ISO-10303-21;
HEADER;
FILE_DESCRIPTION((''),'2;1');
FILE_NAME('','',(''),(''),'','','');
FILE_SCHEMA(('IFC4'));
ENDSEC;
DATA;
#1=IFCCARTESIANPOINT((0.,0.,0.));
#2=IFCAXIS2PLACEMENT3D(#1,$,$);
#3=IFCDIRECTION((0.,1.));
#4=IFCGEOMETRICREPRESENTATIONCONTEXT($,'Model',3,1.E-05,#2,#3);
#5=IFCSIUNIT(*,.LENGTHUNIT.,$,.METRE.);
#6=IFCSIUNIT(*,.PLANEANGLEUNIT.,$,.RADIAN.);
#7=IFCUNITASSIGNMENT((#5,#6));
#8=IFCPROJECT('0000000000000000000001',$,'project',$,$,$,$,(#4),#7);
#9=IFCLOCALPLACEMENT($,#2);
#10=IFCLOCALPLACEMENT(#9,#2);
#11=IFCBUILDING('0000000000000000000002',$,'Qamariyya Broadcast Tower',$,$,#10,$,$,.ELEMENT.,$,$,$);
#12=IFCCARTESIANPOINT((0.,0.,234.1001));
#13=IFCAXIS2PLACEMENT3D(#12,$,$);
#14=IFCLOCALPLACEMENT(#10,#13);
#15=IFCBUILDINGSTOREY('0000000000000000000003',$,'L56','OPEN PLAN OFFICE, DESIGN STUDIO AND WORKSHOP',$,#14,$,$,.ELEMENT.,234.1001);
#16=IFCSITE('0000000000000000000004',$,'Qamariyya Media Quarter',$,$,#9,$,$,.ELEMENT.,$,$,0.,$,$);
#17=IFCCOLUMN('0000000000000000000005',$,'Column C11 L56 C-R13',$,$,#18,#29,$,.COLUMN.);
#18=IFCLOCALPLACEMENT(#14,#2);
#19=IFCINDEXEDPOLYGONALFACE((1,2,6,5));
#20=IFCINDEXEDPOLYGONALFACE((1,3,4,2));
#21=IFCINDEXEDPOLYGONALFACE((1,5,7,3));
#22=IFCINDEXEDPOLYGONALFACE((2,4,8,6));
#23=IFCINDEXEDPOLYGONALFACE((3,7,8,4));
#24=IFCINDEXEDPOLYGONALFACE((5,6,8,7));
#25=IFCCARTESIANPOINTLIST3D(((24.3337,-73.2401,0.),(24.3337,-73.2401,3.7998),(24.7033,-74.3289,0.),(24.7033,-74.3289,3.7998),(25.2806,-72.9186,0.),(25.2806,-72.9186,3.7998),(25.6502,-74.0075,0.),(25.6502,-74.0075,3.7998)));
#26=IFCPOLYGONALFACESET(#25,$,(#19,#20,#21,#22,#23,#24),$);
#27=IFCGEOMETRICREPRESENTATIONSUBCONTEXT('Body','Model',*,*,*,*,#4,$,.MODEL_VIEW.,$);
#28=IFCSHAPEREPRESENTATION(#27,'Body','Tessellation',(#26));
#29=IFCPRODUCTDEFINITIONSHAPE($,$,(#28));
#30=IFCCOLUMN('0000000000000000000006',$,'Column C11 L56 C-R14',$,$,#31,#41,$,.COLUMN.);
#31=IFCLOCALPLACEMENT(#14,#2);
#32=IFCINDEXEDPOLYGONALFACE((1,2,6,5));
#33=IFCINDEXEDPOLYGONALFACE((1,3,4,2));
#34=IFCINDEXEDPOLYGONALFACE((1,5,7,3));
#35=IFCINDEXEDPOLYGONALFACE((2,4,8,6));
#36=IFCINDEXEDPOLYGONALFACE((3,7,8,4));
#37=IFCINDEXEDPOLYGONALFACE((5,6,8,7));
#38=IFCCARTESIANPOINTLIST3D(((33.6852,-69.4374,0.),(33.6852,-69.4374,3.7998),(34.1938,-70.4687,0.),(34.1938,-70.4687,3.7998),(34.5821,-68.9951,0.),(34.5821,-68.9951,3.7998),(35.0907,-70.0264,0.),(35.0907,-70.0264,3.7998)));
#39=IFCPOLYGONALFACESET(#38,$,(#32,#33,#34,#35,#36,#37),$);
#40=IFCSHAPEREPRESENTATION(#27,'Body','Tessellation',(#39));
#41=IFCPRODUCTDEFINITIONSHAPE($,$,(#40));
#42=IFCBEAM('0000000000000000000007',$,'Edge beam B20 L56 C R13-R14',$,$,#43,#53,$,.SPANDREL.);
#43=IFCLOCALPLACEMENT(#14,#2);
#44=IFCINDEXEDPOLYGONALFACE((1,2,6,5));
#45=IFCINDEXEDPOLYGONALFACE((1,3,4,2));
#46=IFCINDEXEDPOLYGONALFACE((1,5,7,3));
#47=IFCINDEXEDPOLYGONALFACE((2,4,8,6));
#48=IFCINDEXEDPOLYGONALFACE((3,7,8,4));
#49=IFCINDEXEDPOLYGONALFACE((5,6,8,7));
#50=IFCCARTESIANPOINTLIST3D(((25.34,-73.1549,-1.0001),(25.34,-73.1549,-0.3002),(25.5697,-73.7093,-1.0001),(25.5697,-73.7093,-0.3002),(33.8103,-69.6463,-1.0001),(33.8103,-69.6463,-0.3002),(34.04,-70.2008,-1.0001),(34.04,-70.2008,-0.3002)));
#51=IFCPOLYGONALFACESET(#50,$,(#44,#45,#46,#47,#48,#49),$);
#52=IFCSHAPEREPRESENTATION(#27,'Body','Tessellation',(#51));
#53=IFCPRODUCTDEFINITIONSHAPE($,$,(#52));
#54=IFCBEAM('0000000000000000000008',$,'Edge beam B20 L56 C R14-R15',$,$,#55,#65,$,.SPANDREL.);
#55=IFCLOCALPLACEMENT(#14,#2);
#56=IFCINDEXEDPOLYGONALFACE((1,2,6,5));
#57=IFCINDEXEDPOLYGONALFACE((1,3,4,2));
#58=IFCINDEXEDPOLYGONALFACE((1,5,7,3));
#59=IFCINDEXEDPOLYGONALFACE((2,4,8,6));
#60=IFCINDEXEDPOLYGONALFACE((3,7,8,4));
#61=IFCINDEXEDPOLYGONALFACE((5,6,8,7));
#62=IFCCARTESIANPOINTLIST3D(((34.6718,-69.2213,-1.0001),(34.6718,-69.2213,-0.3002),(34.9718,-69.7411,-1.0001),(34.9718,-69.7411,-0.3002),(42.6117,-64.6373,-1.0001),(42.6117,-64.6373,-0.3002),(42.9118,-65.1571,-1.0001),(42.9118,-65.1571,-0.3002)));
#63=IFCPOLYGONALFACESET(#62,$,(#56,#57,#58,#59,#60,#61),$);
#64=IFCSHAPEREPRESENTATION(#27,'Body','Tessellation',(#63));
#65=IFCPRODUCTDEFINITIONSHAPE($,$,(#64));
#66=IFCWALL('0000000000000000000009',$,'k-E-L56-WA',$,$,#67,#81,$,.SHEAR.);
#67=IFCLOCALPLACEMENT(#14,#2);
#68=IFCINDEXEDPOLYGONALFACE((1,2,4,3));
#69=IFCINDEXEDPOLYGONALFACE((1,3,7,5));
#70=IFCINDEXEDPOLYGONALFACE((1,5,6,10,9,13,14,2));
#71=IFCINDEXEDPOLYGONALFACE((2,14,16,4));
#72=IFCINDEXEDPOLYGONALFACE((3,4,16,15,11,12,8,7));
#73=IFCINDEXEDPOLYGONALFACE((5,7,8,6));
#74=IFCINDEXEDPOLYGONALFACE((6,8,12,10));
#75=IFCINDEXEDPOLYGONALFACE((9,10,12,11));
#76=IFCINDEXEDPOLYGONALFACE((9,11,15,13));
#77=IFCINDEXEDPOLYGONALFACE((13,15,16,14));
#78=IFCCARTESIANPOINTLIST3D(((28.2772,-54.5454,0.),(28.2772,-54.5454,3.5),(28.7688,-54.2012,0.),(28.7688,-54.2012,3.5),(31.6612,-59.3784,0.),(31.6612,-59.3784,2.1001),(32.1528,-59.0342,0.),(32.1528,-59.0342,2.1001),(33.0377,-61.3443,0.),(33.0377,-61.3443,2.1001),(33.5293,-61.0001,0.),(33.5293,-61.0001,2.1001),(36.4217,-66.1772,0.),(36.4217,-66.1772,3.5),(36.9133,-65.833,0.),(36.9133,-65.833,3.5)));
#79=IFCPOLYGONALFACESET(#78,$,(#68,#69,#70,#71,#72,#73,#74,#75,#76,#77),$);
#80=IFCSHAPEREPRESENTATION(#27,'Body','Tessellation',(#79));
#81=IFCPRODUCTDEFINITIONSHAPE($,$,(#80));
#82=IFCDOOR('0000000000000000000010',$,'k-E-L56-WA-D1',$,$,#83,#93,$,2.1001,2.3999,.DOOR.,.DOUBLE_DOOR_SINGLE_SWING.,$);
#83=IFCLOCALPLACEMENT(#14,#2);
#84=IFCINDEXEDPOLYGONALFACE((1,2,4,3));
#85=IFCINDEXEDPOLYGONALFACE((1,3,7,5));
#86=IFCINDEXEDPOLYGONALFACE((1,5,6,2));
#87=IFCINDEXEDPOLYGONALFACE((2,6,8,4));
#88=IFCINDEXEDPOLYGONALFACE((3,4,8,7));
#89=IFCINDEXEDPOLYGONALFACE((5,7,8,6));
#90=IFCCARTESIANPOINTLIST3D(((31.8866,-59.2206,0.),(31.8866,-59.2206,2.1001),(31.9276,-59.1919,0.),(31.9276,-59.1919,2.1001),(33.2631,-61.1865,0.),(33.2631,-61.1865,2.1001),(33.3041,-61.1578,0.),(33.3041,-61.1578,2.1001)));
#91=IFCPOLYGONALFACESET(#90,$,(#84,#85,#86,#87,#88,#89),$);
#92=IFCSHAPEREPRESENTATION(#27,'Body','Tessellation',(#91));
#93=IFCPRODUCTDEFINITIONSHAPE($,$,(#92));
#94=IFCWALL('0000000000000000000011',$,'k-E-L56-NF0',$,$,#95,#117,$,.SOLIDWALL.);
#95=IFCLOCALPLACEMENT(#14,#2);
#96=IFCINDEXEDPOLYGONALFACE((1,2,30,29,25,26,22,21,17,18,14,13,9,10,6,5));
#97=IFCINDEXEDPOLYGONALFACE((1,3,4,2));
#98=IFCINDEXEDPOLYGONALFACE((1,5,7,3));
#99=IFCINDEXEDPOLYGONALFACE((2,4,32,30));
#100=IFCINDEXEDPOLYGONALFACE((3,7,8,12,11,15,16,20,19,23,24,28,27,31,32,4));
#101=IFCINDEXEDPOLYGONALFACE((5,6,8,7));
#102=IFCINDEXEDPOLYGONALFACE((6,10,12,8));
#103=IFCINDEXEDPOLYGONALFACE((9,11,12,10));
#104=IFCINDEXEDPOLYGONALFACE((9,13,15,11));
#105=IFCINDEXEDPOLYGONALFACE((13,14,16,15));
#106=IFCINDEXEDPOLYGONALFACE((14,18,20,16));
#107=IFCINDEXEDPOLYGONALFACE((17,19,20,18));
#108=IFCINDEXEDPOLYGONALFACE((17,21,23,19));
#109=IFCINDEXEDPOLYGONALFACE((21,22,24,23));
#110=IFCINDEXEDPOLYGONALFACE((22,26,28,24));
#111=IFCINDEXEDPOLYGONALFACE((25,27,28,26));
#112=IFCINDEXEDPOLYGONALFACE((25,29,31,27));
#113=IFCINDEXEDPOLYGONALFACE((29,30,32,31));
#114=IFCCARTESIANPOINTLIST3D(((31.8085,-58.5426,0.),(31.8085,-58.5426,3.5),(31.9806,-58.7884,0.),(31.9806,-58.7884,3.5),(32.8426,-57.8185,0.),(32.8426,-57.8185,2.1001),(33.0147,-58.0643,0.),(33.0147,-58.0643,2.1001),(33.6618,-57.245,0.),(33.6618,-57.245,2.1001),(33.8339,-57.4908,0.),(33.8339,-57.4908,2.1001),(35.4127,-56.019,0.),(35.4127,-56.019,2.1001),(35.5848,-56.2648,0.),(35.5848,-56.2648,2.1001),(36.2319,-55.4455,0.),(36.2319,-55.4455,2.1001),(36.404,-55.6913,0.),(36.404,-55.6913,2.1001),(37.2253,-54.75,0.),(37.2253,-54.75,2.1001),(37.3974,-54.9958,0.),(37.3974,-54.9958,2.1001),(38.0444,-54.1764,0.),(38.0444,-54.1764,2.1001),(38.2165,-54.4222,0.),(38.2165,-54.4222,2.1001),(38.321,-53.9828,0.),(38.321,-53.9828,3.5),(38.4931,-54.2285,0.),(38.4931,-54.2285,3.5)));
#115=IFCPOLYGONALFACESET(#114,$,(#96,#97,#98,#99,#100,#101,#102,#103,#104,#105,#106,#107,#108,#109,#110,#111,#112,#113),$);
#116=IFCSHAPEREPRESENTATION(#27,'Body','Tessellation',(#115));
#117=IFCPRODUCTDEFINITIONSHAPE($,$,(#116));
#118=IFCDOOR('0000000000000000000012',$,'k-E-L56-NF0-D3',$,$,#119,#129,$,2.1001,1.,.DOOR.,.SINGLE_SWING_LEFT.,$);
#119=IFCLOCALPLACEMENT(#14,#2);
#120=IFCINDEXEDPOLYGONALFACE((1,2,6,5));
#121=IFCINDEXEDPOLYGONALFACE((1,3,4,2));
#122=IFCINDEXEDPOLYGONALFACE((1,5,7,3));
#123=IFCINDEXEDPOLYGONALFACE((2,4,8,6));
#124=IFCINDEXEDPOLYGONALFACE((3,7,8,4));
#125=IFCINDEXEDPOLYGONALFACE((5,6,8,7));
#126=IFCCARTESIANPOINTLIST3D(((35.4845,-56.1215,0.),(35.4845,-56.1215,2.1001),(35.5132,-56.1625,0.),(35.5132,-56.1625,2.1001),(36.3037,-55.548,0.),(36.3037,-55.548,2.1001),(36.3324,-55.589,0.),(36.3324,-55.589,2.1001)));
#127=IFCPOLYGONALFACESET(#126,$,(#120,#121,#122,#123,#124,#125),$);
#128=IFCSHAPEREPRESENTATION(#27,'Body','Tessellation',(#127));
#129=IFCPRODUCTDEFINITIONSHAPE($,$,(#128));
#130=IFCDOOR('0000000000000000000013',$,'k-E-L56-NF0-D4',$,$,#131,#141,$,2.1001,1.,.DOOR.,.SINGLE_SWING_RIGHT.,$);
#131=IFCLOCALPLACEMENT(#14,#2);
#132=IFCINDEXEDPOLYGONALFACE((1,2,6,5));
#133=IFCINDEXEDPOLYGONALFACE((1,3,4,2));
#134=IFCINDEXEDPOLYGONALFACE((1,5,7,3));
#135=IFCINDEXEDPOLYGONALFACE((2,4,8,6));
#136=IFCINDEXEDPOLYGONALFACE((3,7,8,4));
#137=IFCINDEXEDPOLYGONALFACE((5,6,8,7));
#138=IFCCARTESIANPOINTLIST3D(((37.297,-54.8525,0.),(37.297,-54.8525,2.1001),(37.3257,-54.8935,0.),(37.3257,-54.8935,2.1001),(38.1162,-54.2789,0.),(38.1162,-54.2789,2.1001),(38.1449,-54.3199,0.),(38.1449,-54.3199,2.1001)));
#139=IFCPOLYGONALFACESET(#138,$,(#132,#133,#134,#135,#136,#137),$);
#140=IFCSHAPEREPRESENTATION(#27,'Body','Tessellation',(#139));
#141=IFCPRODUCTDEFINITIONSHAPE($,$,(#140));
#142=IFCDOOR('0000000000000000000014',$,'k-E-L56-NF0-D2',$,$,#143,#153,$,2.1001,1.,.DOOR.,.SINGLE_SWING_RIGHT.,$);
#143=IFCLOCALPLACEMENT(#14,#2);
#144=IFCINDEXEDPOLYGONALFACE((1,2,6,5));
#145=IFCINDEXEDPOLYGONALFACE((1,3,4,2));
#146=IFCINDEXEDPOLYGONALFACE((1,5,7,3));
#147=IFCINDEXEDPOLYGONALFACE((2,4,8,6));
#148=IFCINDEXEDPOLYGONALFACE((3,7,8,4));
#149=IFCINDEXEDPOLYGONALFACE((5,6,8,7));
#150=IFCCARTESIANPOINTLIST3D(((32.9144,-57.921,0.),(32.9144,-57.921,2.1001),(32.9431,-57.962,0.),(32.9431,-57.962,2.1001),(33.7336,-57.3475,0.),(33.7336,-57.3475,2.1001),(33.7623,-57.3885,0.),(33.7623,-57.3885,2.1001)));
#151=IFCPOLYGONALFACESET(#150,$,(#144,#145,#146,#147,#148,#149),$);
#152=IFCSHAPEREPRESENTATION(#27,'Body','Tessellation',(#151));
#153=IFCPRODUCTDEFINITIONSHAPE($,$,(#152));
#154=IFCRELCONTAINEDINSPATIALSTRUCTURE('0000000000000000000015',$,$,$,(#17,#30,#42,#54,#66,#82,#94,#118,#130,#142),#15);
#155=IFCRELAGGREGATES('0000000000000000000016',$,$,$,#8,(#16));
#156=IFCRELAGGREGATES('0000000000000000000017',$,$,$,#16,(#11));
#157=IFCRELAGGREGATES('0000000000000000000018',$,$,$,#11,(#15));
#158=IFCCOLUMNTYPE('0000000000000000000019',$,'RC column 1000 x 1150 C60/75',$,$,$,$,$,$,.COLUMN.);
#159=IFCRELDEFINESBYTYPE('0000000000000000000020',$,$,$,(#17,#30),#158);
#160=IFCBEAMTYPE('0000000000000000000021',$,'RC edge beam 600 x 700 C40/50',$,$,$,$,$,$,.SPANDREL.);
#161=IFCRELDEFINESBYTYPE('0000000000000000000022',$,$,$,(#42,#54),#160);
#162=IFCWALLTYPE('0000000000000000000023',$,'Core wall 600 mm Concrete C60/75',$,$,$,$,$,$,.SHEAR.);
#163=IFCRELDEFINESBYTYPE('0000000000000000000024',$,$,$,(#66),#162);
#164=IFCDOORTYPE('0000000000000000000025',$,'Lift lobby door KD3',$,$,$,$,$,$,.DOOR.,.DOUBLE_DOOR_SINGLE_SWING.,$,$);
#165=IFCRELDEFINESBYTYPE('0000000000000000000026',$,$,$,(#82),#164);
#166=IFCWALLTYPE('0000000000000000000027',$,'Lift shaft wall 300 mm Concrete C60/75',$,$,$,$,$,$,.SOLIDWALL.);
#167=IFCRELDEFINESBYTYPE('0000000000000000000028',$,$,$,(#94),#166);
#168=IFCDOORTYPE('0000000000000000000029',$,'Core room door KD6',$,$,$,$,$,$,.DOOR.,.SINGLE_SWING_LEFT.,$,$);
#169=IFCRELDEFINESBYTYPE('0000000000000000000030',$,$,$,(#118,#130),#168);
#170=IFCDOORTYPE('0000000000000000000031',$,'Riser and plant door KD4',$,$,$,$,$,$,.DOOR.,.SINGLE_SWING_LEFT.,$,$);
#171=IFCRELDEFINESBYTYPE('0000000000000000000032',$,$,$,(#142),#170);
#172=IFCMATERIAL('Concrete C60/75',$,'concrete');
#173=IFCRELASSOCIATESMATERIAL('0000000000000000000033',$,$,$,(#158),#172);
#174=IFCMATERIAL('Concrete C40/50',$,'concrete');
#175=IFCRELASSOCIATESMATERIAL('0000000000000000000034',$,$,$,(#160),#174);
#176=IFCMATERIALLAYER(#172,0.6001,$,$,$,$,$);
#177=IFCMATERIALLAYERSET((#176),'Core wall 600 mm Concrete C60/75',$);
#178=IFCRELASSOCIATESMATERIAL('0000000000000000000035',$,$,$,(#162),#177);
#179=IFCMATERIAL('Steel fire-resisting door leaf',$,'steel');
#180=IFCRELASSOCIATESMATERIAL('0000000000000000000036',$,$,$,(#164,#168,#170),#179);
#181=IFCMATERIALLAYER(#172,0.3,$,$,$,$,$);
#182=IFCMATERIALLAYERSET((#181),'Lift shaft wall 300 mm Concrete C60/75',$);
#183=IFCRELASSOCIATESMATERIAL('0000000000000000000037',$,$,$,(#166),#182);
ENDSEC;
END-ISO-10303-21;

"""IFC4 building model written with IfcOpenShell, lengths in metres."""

from ifc_helpers import new_model, si_unit, direction, frame, frame_2d, origin, origin_2d, place, context, subcontext, project, spatial, rectangle, extrude, material, layer, layer_set, material_profile, profile_set, type_object, element, fill, save


model = new_model("IFC4")

# Units and contexts
model_context = context("Model", 3, precision=1e-05, world=origin(), true_north=direction((0.0, 1.0)))
body_context = subcontext(model_context, "Body", "Model", "MODEL_VIEW")
ifc_project = project(units=[si_unit("LENGTHUNIT", "METRE"), si_unit("PLANEANGLEUNIT", "RADIAN")], contexts=[model_context])

# Site, building, storey
site_placement = place(None, origin())
site = spatial("IfcSite", under=ifc_project, at=site_placement, Name="Qamariyya Media Quarter", CompositionType="ELEMENT", RefElevation=0.0)
building_placement = place(site_placement, origin())
building = spatial("IfcBuilding", under=site, at=building_placement, Name="Qamariyya Broadcast Tower", CompositionType="ELEMENT")
storey_placement = place(building_placement, frame((0.0, 0.0, 234.1001)))
storey = spatial("IfcBuildingStorey", under=building, at=storey_placement, Name="L56", Description="OPEN PLAN OFFICE, DESIGN STUDIO AND WORKSHOP", CompositionType="ELEMENT", Elevation=234.1001)

# Columns
ifc_material_1 = material(Name="Concrete C60/75", Category="concrete")
ifc_material_profile_1 = material_profile(ifc_material_1, rectangle(XDim=1.0, YDim=1.1499, at=origin_2d()))
ifc_profile_set_1 = profile_set([ifc_material_profile_1], Name="Concrete C60/75")
column_type = type_object("IfcColumnType", Name="RC column 1000 x 1150 C60/75", PredefinedType="COLUMN", material=ifc_profile_set_1)
for number, where, z_axis, x_axis, name in (
    (1, (24.9919, -73.6238, 0.0), (0.0, 0.0, 1.0), (0.94693, 0.321439, 0.0), "Column C11 L56 C-R13"),
    (2, (34.3879, -69.7319, 0.0), (0.0, 0.0, 1.0), (0.896873, 0.442289, 0.0), "Column C11 L56 C-R14"),
):
    element("IfcColumn", number, at=place(storey_placement, frame(where, z_axis=z_axis, x_axis=x_axis)), inside=storey, type_object=column_type, Name=name, PredefinedType="COLUMN", context=body_context, shape_type="SweptSolid", body=[
        extrude(rectangle(XDim=1.0, YDim=1.1499, at=origin_2d()), origin(), (0.0, 0.0, 1.0), 3.7998),
    ])

# Beams
ifc_material_2 = material(Name="Concrete C40/50", Category="concrete")
ifc_material_profile_2 = material_profile(ifc_material_2, rectangle(XDim=0.6001, YDim=0.7, at=origin_2d()))
ifc_profile_set_2 = profile_set([ifc_material_profile_2], Name="Concrete C40/50")
beam_type = type_object("IfcBeamType", Name="RC edge beam 600 x 700 C40/50", PredefinedType="SPANDREL", material=ifc_profile_set_2)
for number, where, z_axis, x_axis, name in (
    (3, (25.4548, -73.4321, -0.6501), (0.923877, 0.38269, 0.0), (-0.38269, 0.923877, 0.0), "Edge beam B20 L56 C R13-R14"),
    (4, (34.8218, -69.4812, -0.6501), (0.866032, 0.499988, 0.0), (-0.499988, 0.866032, 0.0), "Edge beam B20 L56 C R14-R15"),
):
    element("IfcBeam", number, at=place(storey_placement, frame(where, z_axis=z_axis, x_axis=x_axis)), inside=storey, type_object=beam_type, Name=name, PredefinedType="SPANDREL", context=body_context, shape_type="SweptSolid", body=[
        extrude(rectangle(XDim=0.6001, YDim=0.7, at=origin_2d()), origin(), (0.0, 0.0, 1.0), 9.1682),
    ])

# Wall, opening, door
ifc_layer_1 = layer(ifc_material_1, 0.6001)
ifc_layer_set_1 = layer_set([ifc_layer_1], Name="Core wall 600 mm Concrete C60/75")
wall_type_1 = type_object("IfcWallType", Name="Core wall 600 mm Concrete C60/75", PredefinedType="SHEAR", material=ifc_layer_set_1)
wall_1_placement = place(storey_placement, frame((36.6675, -66.0051, 0.0), z_axis=(0.0, 0.0, 1.0), x_axis=(-0.573568, 0.819158, 0.0)))
wall_1 = element("IfcWall", 5, at=wall_1_placement, inside=storey, type_object=wall_type_1, Name="k-E-L56-WA", PredefinedType="SHEAR", context=body_context, shape_type="SweptSolid", body=[
    extrude(rectangle(XDim=14.1997, YDim=0.6001, at=frame_2d((7.0999, 0.0))), origin(), (0.0, 0.0, 1.0), 3.5),
])
opening_1_placement = place(wall_1_placement, frame((5.8999, 0.0, 0.0)))
opening_1 = element("IfcOpeningElement", 6, at=opening_1_placement, cuts=wall_1, PredefinedType="OPENING", context=body_context, shape_type="SweptSolid", body=[
    extrude(rectangle(XDim=2.3999, YDim=2.1001, at=frame_2d((1.2, 1.05))), frame((0.0, 0.3101, 0.0), z_axis=(0.0, -1.0, 0.0), x_axis=(1.0, 0.0, 0.0)), (0.0, 0.0, 1.0), 0.6201),
])
ifc_material_3 = material(Name="Steel fire-resisting door leaf", Category="steel")
door_type_1 = type_object("IfcDoorType", Name="Lift lobby door KD3", OperationType="DOUBLE_DOOR_SINGLE_SWING", PredefinedType="DOOR", material=ifc_material_3)
door_1_placement = place(opening_1_placement, origin())
door_1 = element("IfcDoor", 7, at=door_1_placement, inside=storey, type_object=door_type_1, Name="k-E-L56-WA-D1", OperationType="DOUBLE_DOOR_SINGLE_SWING", OverallHeight=2.1001, OverallWidth=2.3999, PredefinedType="DOOR", context=body_context, shape_type="SweptSolid", body=[
    extrude(rectangle(XDim=2.3999, YDim=2.1001, at=frame_2d((1.2, 1.05))), frame((0.0, 0.0249, 0.0), z_axis=(0.0, -1.0, 0.0), x_axis=(1.0, 0.0, 0.0)), (0.0, 0.0, 1.0), 0.05),
])
fill(opening_1, door_1)

# Wall, openings, doors
ifc_layer_2 = layer(ifc_material_1, 0.3)
ifc_layer_set_2 = layer_set([ifc_layer_2], Name="Lift shaft wall 300 mm Concrete C60/75")
wall_type_2 = type_object("IfcWallType", Name="Lift shaft wall 300 mm Concrete C60/75", PredefinedType="SOLIDWALL", material=ifc_layer_set_2)
wall_2_placement = place(storey_placement, frame((31.8945, -58.6655, 0.0), z_axis=(0.0, 0.0, 1.0), x_axis=(0.819167, 0.573555, 0.0)))
wall_2 = element("IfcWall", 8, at=wall_2_placement, inside=storey, type_object=wall_type_2, Name="k-E-L56-NF0", PredefinedType="SOLIDWALL", context=body_context, shape_type="SweptSolid", body=[
    extrude(rectangle(XDim=7.9502, YDim=0.3, at=frame_2d((3.9751, 0.0))), origin(), (0.0, 0.0, 1.0), 3.5),
])
opening_2_placement = place(wall_2_placement, frame((1.2625, 0.0, 0.0)))
opening_2 = element("IfcOpeningElement", 9, at=opening_2_placement, cuts=wall_2, PredefinedType="OPENING", context=body_context, shape_type="SweptSolid", body=[
    extrude(rectangle(XDim=1.0, YDim=2.1001, at=frame_2d((0.5, 1.05))), frame((0.0, 0.1599, 0.0), z_axis=(0.0, -1.0, 0.0), x_axis=(1.0, 0.0, 0.0)), (0.0, 0.0, 1.0), 0.3201),
])
opening_3_placement = place(wall_2_placement, frame((4.3999, 0.0, 0.0)))
opening_3 = element("IfcOpeningElement", 10, at=opening_3_placement, cuts=wall_2, PredefinedType="OPENING", context=body_context, shape_type="SweptSolid", body=[
    extrude(rectangle(XDim=1.0, YDim=2.1001, at=frame_2d((0.5, 1.05))), frame((0.0, 0.1599, 0.0), z_axis=(0.0, -1.0, 0.0), x_axis=(1.0, 0.0, 0.0)), (0.0, 0.0, 1.0), 0.3201),
])
opening_4_placement = place(wall_2_placement, frame((6.6125, 0.0, 0.0)))
opening_4 = element("IfcOpeningElement", 11, at=opening_4_placement, cuts=wall_2, PredefinedType="OPENING", context=body_context, shape_type="SweptSolid", body=[
    extrude(rectangle(XDim=1.0, YDim=2.1001, at=frame_2d((0.5, 1.05))), frame((0.0, 0.1599, 0.0), z_axis=(0.0, -1.0, 0.0), x_axis=(1.0, 0.0, 0.0)), (0.0, 0.0, 1.0), 0.3201),
])
door_type_2 = type_object("IfcDoorType", Name="Core room door KD6", OperationType="SINGLE_SWING_LEFT", PredefinedType="DOOR", material=ifc_material_3)
door_2_placement = place(opening_3_placement, origin())
door_2 = element("IfcDoor", 12, at=door_2_placement, inside=storey, type_object=door_type_2, Name="k-E-L56-NF0-D3", OperationType="SINGLE_SWING_LEFT", OverallHeight=2.1001, OverallWidth=1.0, PredefinedType="DOOR", context=body_context, shape_type="SweptSolid", body=[
    extrude(rectangle(XDim=1.0, YDim=2.1001, at=frame_2d((0.5, 1.05))), frame((0.0, 0.0249, 0.0), z_axis=(0.0, -1.0, 0.0), x_axis=(1.0, 0.0, 0.0)), (0.0, 0.0, 1.0), 0.05),
])
fill(opening_3, door_2)
door_3_placement = place(opening_4_placement, origin())
door_3 = element("IfcDoor", 13, at=door_3_placement, inside=storey, type_object=door_type_2, Name="k-E-L56-NF0-D4", OperationType="SINGLE_SWING_RIGHT", OverallHeight=2.1001, OverallWidth=1.0, PredefinedType="DOOR", context=body_context, shape_type="SweptSolid", body=[
    extrude(rectangle(XDim=1.0, YDim=2.1001, at=frame_2d((0.5, 1.05))), frame((0.0, 0.0249, 0.0), z_axis=(0.0, -1.0, 0.0), x_axis=(1.0, 0.0, 0.0)), (0.0, 0.0, 1.0), 0.05),
])
fill(opening_4, door_3)
door_type_3 = type_object("IfcDoorType", Name="Riser and plant door KD4", OperationType="SINGLE_SWING_LEFT", PredefinedType="DOOR", material=ifc_material_3)
door_4_placement = place(opening_2_placement, origin())
door_4 = element("IfcDoor", 14, at=door_4_placement, inside=storey, type_object=door_type_3, Name="k-E-L56-NF0-D2", OperationType="SINGLE_SWING_RIGHT", OverallHeight=2.1001, OverallWidth=1.0, PredefinedType="DOOR", context=body_context, shape_type="SweptSolid", body=[
    extrude(rectangle(XDim=1.0, YDim=2.1001, at=frame_2d((0.5, 1.05))), frame((0.0, 0.0249, 0.0), z_axis=(0.0, -1.0, 0.0), x_axis=(1.0, 0.0, 0.0)), (0.0, 0.0, 1.0), 0.05),
])
fill(opening_2, door_4)

save(model, "model.ifc")
